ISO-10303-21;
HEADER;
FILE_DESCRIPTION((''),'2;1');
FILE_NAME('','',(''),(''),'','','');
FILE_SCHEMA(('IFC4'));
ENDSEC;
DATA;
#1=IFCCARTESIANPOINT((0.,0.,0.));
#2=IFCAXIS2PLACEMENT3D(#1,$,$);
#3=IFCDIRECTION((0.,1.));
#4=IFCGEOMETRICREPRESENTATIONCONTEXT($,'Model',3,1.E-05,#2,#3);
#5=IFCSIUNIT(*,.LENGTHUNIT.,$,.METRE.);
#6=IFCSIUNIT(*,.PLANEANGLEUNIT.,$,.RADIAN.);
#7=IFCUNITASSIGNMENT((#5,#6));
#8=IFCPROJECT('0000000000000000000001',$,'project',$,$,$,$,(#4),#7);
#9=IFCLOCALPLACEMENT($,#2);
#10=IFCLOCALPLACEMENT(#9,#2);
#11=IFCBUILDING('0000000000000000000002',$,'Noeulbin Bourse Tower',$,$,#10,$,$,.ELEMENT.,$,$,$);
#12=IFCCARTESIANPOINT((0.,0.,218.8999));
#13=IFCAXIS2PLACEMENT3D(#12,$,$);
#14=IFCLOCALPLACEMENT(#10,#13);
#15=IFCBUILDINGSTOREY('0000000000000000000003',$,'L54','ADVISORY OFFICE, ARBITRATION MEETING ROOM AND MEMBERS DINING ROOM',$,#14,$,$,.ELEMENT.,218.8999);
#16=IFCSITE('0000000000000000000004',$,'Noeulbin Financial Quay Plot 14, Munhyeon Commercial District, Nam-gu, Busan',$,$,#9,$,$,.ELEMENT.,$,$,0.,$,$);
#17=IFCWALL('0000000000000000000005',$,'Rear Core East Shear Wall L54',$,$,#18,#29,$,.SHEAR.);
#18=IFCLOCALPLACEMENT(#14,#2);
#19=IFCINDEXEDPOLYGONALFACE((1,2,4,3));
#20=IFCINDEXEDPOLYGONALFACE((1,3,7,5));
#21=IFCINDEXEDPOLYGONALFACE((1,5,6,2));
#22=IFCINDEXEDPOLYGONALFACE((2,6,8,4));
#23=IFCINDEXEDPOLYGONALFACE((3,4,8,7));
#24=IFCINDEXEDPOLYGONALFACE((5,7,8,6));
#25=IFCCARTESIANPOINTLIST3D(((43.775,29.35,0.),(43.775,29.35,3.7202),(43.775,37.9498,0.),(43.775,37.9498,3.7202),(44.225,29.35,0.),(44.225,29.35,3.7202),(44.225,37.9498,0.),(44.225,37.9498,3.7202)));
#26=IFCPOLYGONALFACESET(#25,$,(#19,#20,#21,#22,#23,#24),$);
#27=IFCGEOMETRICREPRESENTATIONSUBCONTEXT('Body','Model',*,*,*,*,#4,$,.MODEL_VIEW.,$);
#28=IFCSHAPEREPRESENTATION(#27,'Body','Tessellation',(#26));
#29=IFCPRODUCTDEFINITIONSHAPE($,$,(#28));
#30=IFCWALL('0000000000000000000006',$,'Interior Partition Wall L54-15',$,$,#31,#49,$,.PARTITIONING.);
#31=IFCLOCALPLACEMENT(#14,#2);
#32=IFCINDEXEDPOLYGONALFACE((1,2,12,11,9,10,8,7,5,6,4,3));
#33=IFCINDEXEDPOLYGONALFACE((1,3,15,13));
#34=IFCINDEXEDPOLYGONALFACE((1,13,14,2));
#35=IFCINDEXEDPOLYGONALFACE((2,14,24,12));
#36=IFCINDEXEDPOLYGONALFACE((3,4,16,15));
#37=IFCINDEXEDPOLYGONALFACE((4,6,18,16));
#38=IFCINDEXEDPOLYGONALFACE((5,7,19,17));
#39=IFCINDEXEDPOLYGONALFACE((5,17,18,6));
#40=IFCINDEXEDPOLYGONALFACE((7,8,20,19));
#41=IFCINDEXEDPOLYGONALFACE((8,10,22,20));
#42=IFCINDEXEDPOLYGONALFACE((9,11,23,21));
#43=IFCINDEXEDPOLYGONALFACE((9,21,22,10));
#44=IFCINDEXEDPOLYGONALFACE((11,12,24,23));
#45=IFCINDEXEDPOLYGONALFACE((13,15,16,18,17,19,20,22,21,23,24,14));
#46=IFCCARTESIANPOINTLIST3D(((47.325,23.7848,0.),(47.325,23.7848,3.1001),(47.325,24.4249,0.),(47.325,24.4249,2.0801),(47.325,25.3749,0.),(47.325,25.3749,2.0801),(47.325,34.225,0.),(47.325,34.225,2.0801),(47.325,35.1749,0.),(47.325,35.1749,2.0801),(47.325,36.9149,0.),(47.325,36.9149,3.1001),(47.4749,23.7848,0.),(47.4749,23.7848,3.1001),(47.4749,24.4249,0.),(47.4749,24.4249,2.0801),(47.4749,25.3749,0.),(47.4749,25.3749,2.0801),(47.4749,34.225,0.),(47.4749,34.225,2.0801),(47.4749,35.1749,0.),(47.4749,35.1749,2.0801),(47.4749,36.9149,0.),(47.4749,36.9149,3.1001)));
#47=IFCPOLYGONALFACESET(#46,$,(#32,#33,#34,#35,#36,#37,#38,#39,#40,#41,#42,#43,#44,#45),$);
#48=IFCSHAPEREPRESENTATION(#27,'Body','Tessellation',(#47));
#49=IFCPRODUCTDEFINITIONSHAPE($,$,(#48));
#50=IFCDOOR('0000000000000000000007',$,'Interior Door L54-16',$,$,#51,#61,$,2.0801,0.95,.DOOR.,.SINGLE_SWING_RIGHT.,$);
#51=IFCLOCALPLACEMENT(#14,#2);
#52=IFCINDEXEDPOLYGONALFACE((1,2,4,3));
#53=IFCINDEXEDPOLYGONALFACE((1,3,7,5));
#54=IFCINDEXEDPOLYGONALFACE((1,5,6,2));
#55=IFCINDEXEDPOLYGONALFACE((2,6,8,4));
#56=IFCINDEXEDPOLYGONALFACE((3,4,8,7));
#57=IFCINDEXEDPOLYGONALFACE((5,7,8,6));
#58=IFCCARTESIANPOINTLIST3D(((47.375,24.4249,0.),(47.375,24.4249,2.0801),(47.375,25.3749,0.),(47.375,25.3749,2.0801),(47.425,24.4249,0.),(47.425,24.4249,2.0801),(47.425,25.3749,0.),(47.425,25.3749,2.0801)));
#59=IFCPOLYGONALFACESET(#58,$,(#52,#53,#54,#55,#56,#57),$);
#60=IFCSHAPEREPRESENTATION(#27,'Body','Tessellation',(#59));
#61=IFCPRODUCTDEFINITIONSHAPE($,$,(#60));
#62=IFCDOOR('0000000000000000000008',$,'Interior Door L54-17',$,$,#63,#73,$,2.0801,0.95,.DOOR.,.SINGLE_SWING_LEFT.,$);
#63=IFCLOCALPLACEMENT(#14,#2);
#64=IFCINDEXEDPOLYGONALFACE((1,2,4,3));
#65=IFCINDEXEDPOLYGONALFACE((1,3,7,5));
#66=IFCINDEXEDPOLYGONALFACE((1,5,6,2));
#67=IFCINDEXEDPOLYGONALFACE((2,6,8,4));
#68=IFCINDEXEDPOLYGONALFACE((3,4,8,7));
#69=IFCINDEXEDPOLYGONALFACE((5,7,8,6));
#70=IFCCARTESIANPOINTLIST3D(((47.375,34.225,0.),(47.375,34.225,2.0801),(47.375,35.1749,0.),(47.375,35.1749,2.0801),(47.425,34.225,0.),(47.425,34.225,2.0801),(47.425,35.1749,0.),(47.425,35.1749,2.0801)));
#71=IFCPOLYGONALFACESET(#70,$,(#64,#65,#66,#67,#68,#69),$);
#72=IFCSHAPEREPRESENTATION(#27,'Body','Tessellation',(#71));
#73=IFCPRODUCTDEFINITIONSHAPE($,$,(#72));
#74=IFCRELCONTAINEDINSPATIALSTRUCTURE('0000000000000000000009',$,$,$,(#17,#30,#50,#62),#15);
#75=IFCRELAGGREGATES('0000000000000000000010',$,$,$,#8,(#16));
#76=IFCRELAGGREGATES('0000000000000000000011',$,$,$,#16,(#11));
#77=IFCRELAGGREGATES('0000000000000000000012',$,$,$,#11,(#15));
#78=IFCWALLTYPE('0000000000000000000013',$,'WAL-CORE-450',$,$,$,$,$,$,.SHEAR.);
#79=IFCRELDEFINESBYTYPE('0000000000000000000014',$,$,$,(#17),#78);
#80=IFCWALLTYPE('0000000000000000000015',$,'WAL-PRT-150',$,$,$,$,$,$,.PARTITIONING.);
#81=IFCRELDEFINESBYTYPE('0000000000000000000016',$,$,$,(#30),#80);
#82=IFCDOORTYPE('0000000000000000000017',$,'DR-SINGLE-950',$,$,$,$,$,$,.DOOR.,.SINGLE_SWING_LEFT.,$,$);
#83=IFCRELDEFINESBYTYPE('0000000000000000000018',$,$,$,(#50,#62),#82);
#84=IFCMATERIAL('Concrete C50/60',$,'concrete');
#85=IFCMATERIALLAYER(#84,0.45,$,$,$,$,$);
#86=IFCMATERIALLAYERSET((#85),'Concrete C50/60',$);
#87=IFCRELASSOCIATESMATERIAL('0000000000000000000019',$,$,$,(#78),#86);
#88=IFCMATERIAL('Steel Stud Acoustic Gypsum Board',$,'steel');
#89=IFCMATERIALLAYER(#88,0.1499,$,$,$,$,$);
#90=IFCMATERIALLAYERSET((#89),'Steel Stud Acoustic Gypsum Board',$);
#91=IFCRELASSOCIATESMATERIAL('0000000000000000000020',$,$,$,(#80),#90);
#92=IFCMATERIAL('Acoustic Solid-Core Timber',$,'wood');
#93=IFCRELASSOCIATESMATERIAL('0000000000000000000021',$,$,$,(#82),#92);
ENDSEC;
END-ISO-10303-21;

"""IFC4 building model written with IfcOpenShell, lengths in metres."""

from ifc_helpers import new_model, si_unit, direction, frame, frame_2d, origin, place, context, subcontext, project, spatial, rectangle, extrude, material, layer, layer_set, type_object, element, fill, save


model = new_model("IFC4")

# Units and contexts
model_context = context("Model", 3, precision=1e-05, world=origin(), true_north=direction((0.0, 1.0)))
body_context = subcontext(model_context, "Body", "Model", "MODEL_VIEW")
ifc_project = project(units=[si_unit("LENGTHUNIT", "METRE"), si_unit("PLANEANGLEUNIT", "RADIAN")], contexts=[model_context])

# Site, building, storey
site_placement = place(None, origin())
site = spatial("IfcSite", under=ifc_project, at=site_placement, Name="Noeulbin Financial Quay Plot 14, Munhyeon Commercial District, Nam-gu, Busan", CompositionType="ELEMENT", RefElevation=0.0)
building_placement = place(site_placement, origin())
building = spatial("IfcBuilding", under=site, at=building_placement, Name="Noeulbin Bourse Tower", CompositionType="ELEMENT")
storey_placement = place(building_placement, frame((0.0, 0.0, 218.8999)))
storey = spatial("IfcBuildingStorey", under=building, at=storey_placement, Name="L54", Description="ADVISORY OFFICE, ARBITRATION MEETING ROOM AND MEMBERS DINING ROOM", CompositionType="ELEMENT", Elevation=218.8999)

# Wall
ifc_material_1 = material(Name="Concrete C50/60", Category="concrete")
ifc_layer_1 = layer(ifc_material_1, 0.45)
ifc_layer_set_1 = layer_set([ifc_layer_1], Name="Concrete C50/60")
wall_type_1 = type_object("IfcWallType", Name="WAL-CORE-450", PredefinedType="SHEAR", material=ifc_layer_set_1)
wall_1_placement = place(storey_placement, frame((44.0, 29.3501, 0.0), z_axis=(0.0, 0.0, 1.0), x_axis=(0.0, 1.0, 0.0)))
element("IfcWall", 1, at=wall_1_placement, inside=storey, type_object=wall_type_1, Name="Rear Core East Shear Wall L54", PredefinedType="SHEAR", context=body_context, shape_type="SweptSolid", body=[
    extrude(rectangle(XDim=8.5999, YDim=0.45, at=frame_2d((4.2998, 0.0))), origin(), (0.0, 0.0, 1.0), 3.7202),
])

# Wall, openings, doors
ifc_material_2 = material(Name="Steel Stud Acoustic Gypsum Board", Category="steel")
ifc_layer_2 = layer(ifc_material_2, 0.1499)
ifc_layer_set_2 = layer_set([ifc_layer_2], Name="Steel Stud Acoustic Gypsum Board")
wall_type_2 = type_object("IfcWallType", Name="WAL-PRT-150", PredefinedType="PARTITIONING", material=ifc_layer_set_2)
wall_2_placement = place(storey_placement, frame((47.3999, 23.7849, 0.0), z_axis=(0.0, 0.0, 1.0), x_axis=(0.0, 1.0, 0.0)))
wall_2 = element("IfcWall", 2, at=wall_2_placement, inside=storey, type_object=wall_type_2, Name="Interior Partition Wall L54-15", PredefinedType="PARTITIONING", context=body_context, shape_type="SweptSolid", body=[
    extrude(rectangle(XDim=13.1301, YDim=0.1499, at=frame_2d((6.5649, 0.0))), origin(), (0.0, 0.0, 1.0), 3.1001),
])
opening_1_placement = place(wall_2_placement, frame((0.6399, 0.0, 0.0)))
opening_1 = element("IfcOpeningElement", 3, at=opening_1_placement, cuts=wall_2, PredefinedType="OPENING", context=body_context, shape_type="SweptSolid", body=[
    extrude(rectangle(XDim=0.95, YDim=2.0801, at=frame_2d((0.4751, 1.04))), frame((0.0, 0.085, 0.0), z_axis=(0.0, -1.0, 0.0), x_axis=(1.0, 0.0, 0.0)), (0.0, 0.0, 1.0), 0.1699),
])
opening_2_placement = place(wall_2_placement, frame((10.4399, 0.0, 0.0)))
opening_2 = element("IfcOpeningElement", 4, at=opening_2_placement, cuts=wall_2, PredefinedType="OPENING", context=body_context, shape_type="SweptSolid", body=[
    extrude(rectangle(XDim=0.95, YDim=2.0801, at=frame_2d((0.4751, 1.04))), frame((0.0, 0.085, 0.0), z_axis=(0.0, -1.0, 0.0), x_axis=(1.0, 0.0, 0.0)), (0.0, 0.0, 1.0), 0.1699),
])
ifc_material_3 = material(Name="Acoustic Solid-Core Timber", Category="wood")
door_type = type_object("IfcDoorType", Name="DR-SINGLE-950", OperationType="SINGLE_SWING_LEFT", PredefinedType="DOOR", material=ifc_material_3)
door_1_placement = place(opening_1_placement, origin())
door_1 = element("IfcDoor", 5, at=door_1_placement, inside=storey, type_object=door_type, Name="Interior Door L54-16", OperationType="SINGLE_SWING_RIGHT", OverallHeight=2.0801, OverallWidth=0.95, PredefinedType="DOOR", context=body_context, shape_type="SweptSolid", body=[
    extrude(rectangle(XDim=0.95, YDim=2.0801, at=frame_2d((0.4751, 1.04))), frame((0.0, 0.0249, 0.0), z_axis=(0.0, -1.0, 0.0), x_axis=(1.0, 0.0, 0.0)), (0.0, 0.0, 1.0), 0.05),
])
fill(opening_1, door_1)
door_2_placement = place(opening_2_placement, origin())
door_2 = element("IfcDoor", 6, at=door_2_placement, inside=storey, type_object=door_type, Name="Interior Door L54-17", OperationType="SINGLE_SWING_LEFT", OverallHeight=2.0801, OverallWidth=0.95, PredefinedType="DOOR", context=body_context, shape_type="SweptSolid", body=[
    extrude(rectangle(XDim=0.95, YDim=2.0801, at=frame_2d((0.4751, 1.04))), frame((0.0, 0.0249, 0.0), z_axis=(0.0, -1.0, 0.0), x_axis=(1.0, 0.0, 0.0)), (0.0, 0.0, 1.0), 0.05),
])
fill(opening_2, door_2)

save(model, "model.ifc")
